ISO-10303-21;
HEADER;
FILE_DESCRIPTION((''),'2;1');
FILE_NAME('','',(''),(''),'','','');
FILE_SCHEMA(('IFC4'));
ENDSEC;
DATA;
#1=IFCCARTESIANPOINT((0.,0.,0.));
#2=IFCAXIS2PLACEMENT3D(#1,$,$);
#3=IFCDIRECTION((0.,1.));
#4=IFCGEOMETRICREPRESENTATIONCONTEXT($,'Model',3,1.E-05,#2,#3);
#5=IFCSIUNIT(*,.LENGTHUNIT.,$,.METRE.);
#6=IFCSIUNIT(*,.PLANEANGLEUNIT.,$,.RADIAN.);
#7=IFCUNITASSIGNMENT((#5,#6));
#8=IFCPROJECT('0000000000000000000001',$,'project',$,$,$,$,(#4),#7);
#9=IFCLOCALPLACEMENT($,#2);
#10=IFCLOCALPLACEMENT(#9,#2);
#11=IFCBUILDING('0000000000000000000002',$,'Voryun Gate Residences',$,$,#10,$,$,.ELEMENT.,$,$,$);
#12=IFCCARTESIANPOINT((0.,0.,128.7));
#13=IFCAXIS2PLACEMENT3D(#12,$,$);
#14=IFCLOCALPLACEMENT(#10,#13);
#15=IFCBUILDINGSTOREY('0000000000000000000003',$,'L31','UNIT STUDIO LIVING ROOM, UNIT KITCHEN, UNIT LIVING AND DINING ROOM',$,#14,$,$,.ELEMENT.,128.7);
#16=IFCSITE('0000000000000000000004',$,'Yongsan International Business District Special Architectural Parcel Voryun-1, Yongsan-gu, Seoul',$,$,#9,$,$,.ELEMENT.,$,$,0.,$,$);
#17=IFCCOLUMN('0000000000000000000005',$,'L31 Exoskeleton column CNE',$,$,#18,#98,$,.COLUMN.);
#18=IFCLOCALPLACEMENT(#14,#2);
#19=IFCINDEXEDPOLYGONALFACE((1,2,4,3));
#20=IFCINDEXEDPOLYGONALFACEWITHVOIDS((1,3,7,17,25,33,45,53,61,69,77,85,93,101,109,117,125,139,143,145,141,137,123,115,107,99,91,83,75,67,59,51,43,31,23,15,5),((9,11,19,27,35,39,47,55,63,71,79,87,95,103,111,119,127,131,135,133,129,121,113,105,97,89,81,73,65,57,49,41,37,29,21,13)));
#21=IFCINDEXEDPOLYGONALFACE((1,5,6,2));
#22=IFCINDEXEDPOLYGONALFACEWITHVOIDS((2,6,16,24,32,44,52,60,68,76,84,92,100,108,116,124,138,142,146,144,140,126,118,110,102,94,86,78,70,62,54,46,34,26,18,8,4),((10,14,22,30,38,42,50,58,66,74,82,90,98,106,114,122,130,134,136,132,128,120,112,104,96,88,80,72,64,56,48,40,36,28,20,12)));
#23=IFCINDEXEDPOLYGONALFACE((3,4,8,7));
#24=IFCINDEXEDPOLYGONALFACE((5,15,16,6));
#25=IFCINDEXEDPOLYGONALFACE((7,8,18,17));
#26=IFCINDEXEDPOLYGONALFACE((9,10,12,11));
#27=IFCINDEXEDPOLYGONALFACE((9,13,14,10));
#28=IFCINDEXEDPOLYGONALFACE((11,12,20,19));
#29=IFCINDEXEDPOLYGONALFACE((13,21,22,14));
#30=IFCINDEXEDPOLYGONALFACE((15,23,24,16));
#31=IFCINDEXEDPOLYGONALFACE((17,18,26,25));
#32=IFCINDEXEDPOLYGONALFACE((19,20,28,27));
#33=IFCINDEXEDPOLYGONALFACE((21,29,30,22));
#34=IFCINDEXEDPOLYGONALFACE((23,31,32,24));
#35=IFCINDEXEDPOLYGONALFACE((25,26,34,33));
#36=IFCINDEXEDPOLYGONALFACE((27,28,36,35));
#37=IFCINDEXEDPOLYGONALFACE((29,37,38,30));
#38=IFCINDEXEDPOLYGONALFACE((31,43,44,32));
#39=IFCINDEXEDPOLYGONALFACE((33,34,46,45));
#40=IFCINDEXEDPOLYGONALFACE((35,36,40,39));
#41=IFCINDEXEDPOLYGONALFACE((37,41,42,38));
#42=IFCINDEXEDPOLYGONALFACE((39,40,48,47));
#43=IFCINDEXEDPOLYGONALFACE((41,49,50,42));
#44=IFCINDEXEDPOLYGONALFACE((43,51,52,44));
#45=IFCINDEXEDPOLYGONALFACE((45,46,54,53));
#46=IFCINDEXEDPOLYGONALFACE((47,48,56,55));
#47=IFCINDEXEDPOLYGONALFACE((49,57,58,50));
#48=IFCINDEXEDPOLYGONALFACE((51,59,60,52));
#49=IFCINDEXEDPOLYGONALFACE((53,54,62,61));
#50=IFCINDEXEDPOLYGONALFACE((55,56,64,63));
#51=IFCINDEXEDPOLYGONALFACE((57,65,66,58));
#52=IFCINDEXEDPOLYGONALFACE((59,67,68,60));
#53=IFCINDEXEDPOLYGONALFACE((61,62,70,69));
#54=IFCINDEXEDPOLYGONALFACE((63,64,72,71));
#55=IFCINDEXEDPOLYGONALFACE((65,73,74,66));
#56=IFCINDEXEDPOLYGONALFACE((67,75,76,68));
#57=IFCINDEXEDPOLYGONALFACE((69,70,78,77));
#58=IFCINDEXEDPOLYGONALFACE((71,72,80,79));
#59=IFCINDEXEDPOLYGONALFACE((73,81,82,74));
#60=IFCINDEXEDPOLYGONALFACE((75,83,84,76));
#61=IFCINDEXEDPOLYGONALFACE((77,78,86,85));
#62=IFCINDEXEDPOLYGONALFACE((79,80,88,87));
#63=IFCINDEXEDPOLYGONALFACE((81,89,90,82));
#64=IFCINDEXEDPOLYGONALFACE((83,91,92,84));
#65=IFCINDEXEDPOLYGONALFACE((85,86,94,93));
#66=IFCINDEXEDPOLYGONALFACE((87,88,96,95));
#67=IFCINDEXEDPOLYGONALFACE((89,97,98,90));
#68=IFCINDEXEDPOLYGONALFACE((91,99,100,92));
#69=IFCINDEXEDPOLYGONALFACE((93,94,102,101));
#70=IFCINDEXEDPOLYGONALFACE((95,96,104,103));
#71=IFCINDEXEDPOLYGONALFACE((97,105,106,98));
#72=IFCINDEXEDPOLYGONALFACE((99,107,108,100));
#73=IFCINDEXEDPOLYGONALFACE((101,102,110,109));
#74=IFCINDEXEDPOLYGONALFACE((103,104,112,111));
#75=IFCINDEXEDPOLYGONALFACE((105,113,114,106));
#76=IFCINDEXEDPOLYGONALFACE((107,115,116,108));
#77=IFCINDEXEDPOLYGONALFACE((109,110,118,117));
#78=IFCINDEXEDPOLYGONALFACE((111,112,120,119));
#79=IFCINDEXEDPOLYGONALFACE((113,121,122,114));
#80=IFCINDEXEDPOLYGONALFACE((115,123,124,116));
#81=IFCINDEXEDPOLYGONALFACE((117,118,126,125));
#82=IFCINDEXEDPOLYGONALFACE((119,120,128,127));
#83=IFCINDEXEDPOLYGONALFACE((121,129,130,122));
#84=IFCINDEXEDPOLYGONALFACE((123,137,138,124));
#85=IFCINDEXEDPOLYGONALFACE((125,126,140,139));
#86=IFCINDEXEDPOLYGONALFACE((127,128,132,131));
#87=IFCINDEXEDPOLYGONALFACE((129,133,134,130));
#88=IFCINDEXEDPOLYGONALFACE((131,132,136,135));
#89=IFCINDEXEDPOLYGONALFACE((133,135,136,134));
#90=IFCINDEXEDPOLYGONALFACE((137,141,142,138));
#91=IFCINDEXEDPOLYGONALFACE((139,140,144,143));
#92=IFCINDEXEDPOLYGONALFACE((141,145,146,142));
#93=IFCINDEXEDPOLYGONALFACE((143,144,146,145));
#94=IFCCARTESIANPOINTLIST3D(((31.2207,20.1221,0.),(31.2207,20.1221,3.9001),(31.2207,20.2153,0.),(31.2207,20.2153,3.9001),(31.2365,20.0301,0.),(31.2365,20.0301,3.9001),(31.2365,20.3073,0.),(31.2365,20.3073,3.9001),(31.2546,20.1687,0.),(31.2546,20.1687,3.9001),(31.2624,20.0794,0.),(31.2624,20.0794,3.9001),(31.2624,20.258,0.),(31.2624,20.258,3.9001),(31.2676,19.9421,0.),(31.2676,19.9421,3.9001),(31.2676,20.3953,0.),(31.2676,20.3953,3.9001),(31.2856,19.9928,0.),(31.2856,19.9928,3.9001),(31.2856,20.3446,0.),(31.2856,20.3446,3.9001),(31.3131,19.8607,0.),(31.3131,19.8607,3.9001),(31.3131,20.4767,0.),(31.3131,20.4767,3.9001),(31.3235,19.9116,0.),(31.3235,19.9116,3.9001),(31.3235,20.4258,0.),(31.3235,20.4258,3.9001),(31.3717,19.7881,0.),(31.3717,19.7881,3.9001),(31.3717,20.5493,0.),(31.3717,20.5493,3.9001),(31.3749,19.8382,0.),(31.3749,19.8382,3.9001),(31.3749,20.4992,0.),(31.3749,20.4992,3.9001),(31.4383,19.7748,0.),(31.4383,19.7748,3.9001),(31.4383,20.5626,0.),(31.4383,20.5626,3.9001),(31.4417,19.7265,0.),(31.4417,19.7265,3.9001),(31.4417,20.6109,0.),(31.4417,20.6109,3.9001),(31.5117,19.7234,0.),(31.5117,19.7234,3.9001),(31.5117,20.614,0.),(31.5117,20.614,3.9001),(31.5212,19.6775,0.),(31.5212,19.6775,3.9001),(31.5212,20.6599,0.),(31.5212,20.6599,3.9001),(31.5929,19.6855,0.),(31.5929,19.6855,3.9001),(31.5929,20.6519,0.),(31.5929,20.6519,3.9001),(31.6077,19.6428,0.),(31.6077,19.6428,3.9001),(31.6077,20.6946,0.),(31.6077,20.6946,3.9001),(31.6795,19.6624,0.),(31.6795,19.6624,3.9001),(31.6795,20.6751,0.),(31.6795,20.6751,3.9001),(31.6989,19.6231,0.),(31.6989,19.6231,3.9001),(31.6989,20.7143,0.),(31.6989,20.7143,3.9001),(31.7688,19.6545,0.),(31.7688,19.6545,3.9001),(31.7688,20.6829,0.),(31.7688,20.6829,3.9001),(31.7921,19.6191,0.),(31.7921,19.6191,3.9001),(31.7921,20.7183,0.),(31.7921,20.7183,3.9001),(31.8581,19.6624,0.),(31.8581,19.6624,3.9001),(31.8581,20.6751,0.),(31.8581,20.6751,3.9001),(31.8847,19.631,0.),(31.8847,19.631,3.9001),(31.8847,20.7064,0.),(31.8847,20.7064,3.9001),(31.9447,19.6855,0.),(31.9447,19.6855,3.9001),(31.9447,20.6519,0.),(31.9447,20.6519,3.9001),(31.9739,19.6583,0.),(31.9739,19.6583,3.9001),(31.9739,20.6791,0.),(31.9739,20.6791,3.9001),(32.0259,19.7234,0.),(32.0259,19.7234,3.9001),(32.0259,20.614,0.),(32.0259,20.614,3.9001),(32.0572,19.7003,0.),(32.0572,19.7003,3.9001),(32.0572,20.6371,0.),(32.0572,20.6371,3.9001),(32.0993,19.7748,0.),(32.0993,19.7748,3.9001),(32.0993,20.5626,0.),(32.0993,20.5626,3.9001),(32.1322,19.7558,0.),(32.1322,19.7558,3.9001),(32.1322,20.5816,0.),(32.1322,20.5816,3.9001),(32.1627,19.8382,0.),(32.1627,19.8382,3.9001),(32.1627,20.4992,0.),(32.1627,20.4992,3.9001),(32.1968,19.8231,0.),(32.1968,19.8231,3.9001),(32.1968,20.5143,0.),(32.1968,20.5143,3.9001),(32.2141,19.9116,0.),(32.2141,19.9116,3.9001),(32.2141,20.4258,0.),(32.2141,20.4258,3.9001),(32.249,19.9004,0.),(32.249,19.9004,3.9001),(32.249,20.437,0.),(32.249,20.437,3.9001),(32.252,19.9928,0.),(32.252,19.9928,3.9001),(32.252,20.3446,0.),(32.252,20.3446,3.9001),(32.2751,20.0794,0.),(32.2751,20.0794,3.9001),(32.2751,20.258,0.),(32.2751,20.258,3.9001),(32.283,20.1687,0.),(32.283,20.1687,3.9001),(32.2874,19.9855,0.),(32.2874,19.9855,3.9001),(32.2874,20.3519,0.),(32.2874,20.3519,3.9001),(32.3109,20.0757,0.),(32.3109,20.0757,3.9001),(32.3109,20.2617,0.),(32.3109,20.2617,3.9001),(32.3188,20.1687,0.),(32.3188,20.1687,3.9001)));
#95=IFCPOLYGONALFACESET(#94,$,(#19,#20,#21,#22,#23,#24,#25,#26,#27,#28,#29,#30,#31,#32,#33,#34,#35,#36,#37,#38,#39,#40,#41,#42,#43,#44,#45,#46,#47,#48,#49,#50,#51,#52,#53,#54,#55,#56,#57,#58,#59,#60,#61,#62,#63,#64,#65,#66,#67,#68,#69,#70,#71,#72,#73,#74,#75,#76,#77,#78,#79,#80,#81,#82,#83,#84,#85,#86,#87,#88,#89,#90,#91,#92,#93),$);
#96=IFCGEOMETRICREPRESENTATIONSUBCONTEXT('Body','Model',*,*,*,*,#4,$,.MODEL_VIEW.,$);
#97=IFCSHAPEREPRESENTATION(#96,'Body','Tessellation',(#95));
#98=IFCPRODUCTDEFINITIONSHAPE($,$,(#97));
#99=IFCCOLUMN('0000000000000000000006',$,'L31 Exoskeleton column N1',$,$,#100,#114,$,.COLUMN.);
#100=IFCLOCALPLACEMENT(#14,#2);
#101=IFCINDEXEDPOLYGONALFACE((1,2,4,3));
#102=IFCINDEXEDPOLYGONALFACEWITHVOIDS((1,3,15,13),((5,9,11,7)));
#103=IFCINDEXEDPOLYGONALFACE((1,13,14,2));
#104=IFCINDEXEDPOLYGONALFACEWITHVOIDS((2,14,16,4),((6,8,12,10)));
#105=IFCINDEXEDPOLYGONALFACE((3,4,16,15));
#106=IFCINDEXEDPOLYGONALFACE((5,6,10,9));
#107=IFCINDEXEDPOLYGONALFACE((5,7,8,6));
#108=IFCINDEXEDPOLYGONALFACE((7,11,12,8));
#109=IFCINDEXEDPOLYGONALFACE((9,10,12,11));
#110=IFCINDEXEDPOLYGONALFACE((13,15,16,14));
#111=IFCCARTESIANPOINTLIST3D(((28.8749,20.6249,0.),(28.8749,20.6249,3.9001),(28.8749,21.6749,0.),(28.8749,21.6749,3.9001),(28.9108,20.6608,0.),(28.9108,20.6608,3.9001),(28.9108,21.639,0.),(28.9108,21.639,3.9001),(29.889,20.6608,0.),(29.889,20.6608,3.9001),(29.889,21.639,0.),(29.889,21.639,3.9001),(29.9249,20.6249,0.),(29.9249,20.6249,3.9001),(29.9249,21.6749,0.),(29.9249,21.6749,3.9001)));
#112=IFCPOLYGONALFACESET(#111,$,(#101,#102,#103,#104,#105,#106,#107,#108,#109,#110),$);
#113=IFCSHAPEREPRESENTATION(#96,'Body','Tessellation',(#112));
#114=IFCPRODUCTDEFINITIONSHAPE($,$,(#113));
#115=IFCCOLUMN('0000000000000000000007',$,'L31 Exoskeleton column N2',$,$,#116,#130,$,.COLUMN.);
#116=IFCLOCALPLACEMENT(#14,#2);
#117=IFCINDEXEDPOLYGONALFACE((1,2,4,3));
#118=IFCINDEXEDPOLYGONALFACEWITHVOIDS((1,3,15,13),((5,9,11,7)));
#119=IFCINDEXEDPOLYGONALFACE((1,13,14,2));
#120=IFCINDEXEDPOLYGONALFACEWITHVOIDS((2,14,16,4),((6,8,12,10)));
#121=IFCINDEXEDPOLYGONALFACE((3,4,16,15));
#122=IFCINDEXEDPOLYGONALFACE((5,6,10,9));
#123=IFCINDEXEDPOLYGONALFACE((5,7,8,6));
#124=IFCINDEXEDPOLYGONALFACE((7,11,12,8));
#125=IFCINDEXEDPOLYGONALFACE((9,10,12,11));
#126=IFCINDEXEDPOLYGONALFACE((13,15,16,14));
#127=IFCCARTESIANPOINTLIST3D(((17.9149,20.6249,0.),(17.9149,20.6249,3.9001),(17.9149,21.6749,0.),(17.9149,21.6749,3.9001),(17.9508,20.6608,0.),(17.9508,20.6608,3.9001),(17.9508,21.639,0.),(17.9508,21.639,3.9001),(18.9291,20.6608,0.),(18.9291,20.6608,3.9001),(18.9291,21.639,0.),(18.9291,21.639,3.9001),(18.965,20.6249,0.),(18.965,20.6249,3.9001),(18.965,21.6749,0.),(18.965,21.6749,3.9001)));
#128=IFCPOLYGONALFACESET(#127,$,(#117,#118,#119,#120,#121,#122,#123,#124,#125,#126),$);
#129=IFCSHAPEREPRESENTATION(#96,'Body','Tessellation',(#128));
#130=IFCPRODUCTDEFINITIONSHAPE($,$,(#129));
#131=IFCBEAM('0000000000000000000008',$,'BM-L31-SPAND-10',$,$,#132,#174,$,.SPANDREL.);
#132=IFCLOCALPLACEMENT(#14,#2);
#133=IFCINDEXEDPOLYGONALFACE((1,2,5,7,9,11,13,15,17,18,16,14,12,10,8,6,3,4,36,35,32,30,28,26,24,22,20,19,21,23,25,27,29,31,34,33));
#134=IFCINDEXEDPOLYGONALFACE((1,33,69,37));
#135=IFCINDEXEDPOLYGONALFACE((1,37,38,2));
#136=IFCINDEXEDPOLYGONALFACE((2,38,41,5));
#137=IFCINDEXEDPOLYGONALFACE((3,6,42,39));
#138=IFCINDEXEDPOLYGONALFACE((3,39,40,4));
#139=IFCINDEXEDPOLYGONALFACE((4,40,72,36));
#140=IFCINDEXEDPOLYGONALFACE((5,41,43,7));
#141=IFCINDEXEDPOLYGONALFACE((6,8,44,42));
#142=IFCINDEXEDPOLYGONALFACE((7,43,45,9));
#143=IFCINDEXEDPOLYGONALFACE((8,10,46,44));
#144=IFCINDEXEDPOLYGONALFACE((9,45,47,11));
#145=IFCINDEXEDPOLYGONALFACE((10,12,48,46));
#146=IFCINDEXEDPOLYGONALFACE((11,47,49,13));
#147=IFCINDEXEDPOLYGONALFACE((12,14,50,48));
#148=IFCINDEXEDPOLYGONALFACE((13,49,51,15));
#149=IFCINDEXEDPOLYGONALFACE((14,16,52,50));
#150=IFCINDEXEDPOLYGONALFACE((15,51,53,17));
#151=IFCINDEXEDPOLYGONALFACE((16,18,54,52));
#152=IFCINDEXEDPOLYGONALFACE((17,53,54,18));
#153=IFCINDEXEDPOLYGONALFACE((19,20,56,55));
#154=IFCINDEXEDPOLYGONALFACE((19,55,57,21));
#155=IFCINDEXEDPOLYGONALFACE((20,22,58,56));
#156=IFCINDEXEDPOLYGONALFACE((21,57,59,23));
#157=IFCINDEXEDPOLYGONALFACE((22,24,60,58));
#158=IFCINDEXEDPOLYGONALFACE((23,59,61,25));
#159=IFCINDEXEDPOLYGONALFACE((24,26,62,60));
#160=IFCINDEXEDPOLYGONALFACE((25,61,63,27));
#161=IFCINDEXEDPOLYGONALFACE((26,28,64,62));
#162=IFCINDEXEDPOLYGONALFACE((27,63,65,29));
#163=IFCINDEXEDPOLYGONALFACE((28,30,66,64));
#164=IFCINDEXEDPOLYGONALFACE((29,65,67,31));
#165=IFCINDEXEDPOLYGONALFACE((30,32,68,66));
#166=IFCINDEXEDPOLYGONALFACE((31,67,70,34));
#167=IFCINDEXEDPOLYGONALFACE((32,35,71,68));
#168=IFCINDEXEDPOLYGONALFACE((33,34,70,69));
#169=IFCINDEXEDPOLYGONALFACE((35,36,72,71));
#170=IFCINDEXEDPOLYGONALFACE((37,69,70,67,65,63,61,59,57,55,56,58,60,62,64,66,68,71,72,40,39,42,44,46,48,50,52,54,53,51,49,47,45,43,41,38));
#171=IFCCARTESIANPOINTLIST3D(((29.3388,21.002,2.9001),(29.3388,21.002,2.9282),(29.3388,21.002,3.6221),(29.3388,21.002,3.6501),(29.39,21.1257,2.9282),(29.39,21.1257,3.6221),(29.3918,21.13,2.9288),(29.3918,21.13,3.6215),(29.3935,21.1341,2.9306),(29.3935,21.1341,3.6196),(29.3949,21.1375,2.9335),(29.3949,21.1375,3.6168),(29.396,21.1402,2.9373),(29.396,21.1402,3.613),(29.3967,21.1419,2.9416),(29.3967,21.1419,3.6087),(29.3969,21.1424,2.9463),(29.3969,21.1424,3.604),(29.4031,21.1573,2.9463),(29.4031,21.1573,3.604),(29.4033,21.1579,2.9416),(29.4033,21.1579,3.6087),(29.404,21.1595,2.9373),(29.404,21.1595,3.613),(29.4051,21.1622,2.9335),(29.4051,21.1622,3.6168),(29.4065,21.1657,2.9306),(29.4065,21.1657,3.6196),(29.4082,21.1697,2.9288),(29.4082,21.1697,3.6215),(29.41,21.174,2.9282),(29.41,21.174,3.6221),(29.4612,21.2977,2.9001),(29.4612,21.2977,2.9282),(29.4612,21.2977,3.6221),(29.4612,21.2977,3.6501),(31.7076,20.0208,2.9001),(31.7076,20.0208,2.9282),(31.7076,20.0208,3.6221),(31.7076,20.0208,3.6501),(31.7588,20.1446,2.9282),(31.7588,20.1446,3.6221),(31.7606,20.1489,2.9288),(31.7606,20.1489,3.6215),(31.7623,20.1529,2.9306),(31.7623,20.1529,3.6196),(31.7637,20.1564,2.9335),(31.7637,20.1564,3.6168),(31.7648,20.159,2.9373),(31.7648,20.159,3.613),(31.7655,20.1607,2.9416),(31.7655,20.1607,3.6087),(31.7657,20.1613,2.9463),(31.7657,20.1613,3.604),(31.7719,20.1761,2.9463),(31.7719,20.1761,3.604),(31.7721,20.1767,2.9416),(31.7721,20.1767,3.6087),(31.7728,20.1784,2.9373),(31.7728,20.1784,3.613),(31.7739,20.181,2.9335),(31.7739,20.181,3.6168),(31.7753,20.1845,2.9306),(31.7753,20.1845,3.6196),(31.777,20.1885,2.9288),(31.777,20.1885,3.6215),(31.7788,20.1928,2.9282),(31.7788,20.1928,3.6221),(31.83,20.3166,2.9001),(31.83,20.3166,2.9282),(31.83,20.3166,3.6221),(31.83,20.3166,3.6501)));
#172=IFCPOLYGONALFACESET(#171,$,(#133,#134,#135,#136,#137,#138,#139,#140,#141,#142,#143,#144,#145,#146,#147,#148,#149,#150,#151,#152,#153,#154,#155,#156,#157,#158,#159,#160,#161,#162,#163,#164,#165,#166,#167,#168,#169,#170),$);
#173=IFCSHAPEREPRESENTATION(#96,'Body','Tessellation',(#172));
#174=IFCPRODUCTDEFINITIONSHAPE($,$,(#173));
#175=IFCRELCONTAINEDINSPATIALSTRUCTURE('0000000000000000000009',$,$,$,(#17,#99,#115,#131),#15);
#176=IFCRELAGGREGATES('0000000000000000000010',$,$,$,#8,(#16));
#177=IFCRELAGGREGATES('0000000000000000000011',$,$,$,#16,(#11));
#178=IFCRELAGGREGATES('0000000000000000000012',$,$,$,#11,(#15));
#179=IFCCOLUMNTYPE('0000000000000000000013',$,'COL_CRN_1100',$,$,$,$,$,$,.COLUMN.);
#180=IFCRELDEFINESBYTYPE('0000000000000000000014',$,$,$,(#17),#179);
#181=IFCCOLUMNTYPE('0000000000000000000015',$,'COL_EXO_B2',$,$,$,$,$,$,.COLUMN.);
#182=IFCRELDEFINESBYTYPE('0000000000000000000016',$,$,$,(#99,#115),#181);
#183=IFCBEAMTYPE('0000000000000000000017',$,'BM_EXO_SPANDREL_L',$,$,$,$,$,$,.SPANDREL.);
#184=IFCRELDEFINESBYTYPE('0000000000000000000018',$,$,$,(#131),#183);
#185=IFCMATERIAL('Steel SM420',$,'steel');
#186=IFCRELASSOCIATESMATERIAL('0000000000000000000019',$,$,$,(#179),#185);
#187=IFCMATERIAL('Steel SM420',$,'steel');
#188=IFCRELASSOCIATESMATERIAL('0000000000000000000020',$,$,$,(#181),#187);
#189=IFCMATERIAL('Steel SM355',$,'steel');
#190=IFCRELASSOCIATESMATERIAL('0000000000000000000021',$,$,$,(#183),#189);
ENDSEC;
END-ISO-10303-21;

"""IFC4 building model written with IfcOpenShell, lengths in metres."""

from ifc_helpers import new_model, si_unit, direction, frame, origin, origin_2d, place, context, subcontext, project, spatial, hollow_rectangle, hollow_circle, i_section, extrude, material, material_profile, profile_set, type_object, element, save


model = new_model("IFC4")

# Units and contexts
model_context = context("Model", 3, precision=1e-05, world=origin(), true_north=direction((0.0, 1.0)))
body_context = subcontext(model_context, "Body", "Model", "MODEL_VIEW")
ifc_project = project(units=[si_unit("LENGTHUNIT", "METRE"), si_unit("PLANEANGLEUNIT", "RADIAN")], contexts=[model_context])

# Site, building, storey
site_placement = place(None, origin())
site = spatial("IfcSite", under=ifc_project, at=site_placement, Name="Yongsan International Business District Special Architectural Parcel Voryun-1, Yongsan-gu, Seoul", CompositionType="ELEMENT", RefElevation=0.0)
building_placement = place(site_placement, origin())
building = spatial("IfcBuilding", under=site, at=building_placement, Name="Voryun Gate Residences", CompositionType="ELEMENT")
storey_placement = place(building_placement, frame((0.0, 0.0, 128.7)))
storey = spatial("IfcBuildingStorey", under=building, at=storey_placement, Name="L31", Description="UNIT STUDIO LIVING ROOM, UNIT KITCHEN, UNIT LIVING AND DINING ROOM", CompositionType="ELEMENT", Elevation=128.7)

# Columns
ifc_material_1 = material(Name="Steel SM420", Category="steel")
ifc_material_profile_1 = material_profile(ifc_material_1, hollow_circle(Radius=0.55, WallThickness=0.0359, at=origin_2d()), Name="CHS-1100x36")
ifc_profile_set_1 = profile_set([ifc_material_profile_1], Name="Steel SM420")
column_type_1 = type_object("IfcColumnType", Name="COL_CRN_1100", PredefinedType="COLUMN", material=ifc_profile_set_1)
column_placement = place(storey_placement, frame((31.7688, 20.1687, 0.0), z_axis=(0.0, 0.0, 1.0), x_axis=(1.0, 0.0, 0.0)))
element("IfcColumn", 1, at=column_placement, inside=storey, type_object=column_type_1, Name="L31 Exoskeleton column CNE", PredefinedType="COLUMN", context=body_context, shape_type="SweptSolid", body=[
    extrude(hollow_circle(Radius=0.55, WallThickness=0.0359, at=origin_2d()), origin(), (0.0, 0.0, 1.0), 3.9001),
])
ifc_material_2 = material(Name="Steel SM420", Category="steel")
ifc_material_profile_2 = material_profile(ifc_material_2, hollow_rectangle(XDim=1.05, YDim=1.05, WallThickness=0.0359, at=origin_2d()), Name="BOX-1050x1050x36")
ifc_profile_set_2 = profile_set([ifc_material_profile_2], Name="Steel SM420")
column_type_2 = type_object("IfcColumnType", Name="COL_EXO_B2", PredefinedType="COLUMN", material=ifc_profile_set_2)
for number, where, z_axis, x_axis, name in (
    (2, (29.3999, 21.1499, 0.0), (0.0, 0.0, 1.0), (1.0, 0.0, 0.0), "L31 Exoskeleton column N1"),
    (3, (18.4399, 21.1499, 0.0), (0.0, 0.0, 1.0), (1.0, 0.0, 0.0), "L31 Exoskeleton column N2"),
):
    element("IfcColumn", number, at=place(storey_placement, frame(where, z_axis=z_axis, x_axis=x_axis)), inside=storey, type_object=column_type_2, Name=name, PredefinedType="COLUMN", context=body_context, shape_type="SweptSolid", body=[
        extrude(hollow_rectangle(XDim=1.05, YDim=1.05, WallThickness=0.0359, at=origin_2d()), origin(), (0.0, 0.0, 1.0), 3.9001),
    ])

# Beam
ifc_material_3 = material(Name="Steel SM355", Category="steel")
ifc_material_profile_3 = material_profile(ifc_material_3, i_section(OverallWidth=0.3201, OverallDepth=0.75, WebThickness=0.0161, FlangeThickness=0.0281, FilletRadius=0.0181, at=origin_2d()), Name="H-750x320x16x28")
ifc_profile_set_3 = profile_set([ifc_material_profile_3], Name="Steel SM355")
beam_type = type_object("IfcBeamType", Name="BM_EXO_SPANDREL_L", PredefinedType="SPANDREL", material=ifc_profile_set_3)
beam_placement = place(storey_placement, frame((31.7688, 20.1687, 3.2751), z_axis=(-0.923883, 0.382674, 0.0), x_axis=(-0.382674, -0.923883, 0.0)))
element("IfcBeam", 4, at=beam_placement, inside=storey, type_object=beam_type, Name="BM-L31-SPAND-10", PredefinedType="SPANDREL", context=body_context, shape_type="SweptSolid", body=[
    extrude(i_section(OverallWidth=0.3201, OverallDepth=0.75, WebThickness=0.0161, FlangeThickness=0.0281, FilletRadius=0.0181, at=origin_2d()), origin(), (0.0, 0.0, 1.0), 2.564),
])

save(model, "model.ifc")
